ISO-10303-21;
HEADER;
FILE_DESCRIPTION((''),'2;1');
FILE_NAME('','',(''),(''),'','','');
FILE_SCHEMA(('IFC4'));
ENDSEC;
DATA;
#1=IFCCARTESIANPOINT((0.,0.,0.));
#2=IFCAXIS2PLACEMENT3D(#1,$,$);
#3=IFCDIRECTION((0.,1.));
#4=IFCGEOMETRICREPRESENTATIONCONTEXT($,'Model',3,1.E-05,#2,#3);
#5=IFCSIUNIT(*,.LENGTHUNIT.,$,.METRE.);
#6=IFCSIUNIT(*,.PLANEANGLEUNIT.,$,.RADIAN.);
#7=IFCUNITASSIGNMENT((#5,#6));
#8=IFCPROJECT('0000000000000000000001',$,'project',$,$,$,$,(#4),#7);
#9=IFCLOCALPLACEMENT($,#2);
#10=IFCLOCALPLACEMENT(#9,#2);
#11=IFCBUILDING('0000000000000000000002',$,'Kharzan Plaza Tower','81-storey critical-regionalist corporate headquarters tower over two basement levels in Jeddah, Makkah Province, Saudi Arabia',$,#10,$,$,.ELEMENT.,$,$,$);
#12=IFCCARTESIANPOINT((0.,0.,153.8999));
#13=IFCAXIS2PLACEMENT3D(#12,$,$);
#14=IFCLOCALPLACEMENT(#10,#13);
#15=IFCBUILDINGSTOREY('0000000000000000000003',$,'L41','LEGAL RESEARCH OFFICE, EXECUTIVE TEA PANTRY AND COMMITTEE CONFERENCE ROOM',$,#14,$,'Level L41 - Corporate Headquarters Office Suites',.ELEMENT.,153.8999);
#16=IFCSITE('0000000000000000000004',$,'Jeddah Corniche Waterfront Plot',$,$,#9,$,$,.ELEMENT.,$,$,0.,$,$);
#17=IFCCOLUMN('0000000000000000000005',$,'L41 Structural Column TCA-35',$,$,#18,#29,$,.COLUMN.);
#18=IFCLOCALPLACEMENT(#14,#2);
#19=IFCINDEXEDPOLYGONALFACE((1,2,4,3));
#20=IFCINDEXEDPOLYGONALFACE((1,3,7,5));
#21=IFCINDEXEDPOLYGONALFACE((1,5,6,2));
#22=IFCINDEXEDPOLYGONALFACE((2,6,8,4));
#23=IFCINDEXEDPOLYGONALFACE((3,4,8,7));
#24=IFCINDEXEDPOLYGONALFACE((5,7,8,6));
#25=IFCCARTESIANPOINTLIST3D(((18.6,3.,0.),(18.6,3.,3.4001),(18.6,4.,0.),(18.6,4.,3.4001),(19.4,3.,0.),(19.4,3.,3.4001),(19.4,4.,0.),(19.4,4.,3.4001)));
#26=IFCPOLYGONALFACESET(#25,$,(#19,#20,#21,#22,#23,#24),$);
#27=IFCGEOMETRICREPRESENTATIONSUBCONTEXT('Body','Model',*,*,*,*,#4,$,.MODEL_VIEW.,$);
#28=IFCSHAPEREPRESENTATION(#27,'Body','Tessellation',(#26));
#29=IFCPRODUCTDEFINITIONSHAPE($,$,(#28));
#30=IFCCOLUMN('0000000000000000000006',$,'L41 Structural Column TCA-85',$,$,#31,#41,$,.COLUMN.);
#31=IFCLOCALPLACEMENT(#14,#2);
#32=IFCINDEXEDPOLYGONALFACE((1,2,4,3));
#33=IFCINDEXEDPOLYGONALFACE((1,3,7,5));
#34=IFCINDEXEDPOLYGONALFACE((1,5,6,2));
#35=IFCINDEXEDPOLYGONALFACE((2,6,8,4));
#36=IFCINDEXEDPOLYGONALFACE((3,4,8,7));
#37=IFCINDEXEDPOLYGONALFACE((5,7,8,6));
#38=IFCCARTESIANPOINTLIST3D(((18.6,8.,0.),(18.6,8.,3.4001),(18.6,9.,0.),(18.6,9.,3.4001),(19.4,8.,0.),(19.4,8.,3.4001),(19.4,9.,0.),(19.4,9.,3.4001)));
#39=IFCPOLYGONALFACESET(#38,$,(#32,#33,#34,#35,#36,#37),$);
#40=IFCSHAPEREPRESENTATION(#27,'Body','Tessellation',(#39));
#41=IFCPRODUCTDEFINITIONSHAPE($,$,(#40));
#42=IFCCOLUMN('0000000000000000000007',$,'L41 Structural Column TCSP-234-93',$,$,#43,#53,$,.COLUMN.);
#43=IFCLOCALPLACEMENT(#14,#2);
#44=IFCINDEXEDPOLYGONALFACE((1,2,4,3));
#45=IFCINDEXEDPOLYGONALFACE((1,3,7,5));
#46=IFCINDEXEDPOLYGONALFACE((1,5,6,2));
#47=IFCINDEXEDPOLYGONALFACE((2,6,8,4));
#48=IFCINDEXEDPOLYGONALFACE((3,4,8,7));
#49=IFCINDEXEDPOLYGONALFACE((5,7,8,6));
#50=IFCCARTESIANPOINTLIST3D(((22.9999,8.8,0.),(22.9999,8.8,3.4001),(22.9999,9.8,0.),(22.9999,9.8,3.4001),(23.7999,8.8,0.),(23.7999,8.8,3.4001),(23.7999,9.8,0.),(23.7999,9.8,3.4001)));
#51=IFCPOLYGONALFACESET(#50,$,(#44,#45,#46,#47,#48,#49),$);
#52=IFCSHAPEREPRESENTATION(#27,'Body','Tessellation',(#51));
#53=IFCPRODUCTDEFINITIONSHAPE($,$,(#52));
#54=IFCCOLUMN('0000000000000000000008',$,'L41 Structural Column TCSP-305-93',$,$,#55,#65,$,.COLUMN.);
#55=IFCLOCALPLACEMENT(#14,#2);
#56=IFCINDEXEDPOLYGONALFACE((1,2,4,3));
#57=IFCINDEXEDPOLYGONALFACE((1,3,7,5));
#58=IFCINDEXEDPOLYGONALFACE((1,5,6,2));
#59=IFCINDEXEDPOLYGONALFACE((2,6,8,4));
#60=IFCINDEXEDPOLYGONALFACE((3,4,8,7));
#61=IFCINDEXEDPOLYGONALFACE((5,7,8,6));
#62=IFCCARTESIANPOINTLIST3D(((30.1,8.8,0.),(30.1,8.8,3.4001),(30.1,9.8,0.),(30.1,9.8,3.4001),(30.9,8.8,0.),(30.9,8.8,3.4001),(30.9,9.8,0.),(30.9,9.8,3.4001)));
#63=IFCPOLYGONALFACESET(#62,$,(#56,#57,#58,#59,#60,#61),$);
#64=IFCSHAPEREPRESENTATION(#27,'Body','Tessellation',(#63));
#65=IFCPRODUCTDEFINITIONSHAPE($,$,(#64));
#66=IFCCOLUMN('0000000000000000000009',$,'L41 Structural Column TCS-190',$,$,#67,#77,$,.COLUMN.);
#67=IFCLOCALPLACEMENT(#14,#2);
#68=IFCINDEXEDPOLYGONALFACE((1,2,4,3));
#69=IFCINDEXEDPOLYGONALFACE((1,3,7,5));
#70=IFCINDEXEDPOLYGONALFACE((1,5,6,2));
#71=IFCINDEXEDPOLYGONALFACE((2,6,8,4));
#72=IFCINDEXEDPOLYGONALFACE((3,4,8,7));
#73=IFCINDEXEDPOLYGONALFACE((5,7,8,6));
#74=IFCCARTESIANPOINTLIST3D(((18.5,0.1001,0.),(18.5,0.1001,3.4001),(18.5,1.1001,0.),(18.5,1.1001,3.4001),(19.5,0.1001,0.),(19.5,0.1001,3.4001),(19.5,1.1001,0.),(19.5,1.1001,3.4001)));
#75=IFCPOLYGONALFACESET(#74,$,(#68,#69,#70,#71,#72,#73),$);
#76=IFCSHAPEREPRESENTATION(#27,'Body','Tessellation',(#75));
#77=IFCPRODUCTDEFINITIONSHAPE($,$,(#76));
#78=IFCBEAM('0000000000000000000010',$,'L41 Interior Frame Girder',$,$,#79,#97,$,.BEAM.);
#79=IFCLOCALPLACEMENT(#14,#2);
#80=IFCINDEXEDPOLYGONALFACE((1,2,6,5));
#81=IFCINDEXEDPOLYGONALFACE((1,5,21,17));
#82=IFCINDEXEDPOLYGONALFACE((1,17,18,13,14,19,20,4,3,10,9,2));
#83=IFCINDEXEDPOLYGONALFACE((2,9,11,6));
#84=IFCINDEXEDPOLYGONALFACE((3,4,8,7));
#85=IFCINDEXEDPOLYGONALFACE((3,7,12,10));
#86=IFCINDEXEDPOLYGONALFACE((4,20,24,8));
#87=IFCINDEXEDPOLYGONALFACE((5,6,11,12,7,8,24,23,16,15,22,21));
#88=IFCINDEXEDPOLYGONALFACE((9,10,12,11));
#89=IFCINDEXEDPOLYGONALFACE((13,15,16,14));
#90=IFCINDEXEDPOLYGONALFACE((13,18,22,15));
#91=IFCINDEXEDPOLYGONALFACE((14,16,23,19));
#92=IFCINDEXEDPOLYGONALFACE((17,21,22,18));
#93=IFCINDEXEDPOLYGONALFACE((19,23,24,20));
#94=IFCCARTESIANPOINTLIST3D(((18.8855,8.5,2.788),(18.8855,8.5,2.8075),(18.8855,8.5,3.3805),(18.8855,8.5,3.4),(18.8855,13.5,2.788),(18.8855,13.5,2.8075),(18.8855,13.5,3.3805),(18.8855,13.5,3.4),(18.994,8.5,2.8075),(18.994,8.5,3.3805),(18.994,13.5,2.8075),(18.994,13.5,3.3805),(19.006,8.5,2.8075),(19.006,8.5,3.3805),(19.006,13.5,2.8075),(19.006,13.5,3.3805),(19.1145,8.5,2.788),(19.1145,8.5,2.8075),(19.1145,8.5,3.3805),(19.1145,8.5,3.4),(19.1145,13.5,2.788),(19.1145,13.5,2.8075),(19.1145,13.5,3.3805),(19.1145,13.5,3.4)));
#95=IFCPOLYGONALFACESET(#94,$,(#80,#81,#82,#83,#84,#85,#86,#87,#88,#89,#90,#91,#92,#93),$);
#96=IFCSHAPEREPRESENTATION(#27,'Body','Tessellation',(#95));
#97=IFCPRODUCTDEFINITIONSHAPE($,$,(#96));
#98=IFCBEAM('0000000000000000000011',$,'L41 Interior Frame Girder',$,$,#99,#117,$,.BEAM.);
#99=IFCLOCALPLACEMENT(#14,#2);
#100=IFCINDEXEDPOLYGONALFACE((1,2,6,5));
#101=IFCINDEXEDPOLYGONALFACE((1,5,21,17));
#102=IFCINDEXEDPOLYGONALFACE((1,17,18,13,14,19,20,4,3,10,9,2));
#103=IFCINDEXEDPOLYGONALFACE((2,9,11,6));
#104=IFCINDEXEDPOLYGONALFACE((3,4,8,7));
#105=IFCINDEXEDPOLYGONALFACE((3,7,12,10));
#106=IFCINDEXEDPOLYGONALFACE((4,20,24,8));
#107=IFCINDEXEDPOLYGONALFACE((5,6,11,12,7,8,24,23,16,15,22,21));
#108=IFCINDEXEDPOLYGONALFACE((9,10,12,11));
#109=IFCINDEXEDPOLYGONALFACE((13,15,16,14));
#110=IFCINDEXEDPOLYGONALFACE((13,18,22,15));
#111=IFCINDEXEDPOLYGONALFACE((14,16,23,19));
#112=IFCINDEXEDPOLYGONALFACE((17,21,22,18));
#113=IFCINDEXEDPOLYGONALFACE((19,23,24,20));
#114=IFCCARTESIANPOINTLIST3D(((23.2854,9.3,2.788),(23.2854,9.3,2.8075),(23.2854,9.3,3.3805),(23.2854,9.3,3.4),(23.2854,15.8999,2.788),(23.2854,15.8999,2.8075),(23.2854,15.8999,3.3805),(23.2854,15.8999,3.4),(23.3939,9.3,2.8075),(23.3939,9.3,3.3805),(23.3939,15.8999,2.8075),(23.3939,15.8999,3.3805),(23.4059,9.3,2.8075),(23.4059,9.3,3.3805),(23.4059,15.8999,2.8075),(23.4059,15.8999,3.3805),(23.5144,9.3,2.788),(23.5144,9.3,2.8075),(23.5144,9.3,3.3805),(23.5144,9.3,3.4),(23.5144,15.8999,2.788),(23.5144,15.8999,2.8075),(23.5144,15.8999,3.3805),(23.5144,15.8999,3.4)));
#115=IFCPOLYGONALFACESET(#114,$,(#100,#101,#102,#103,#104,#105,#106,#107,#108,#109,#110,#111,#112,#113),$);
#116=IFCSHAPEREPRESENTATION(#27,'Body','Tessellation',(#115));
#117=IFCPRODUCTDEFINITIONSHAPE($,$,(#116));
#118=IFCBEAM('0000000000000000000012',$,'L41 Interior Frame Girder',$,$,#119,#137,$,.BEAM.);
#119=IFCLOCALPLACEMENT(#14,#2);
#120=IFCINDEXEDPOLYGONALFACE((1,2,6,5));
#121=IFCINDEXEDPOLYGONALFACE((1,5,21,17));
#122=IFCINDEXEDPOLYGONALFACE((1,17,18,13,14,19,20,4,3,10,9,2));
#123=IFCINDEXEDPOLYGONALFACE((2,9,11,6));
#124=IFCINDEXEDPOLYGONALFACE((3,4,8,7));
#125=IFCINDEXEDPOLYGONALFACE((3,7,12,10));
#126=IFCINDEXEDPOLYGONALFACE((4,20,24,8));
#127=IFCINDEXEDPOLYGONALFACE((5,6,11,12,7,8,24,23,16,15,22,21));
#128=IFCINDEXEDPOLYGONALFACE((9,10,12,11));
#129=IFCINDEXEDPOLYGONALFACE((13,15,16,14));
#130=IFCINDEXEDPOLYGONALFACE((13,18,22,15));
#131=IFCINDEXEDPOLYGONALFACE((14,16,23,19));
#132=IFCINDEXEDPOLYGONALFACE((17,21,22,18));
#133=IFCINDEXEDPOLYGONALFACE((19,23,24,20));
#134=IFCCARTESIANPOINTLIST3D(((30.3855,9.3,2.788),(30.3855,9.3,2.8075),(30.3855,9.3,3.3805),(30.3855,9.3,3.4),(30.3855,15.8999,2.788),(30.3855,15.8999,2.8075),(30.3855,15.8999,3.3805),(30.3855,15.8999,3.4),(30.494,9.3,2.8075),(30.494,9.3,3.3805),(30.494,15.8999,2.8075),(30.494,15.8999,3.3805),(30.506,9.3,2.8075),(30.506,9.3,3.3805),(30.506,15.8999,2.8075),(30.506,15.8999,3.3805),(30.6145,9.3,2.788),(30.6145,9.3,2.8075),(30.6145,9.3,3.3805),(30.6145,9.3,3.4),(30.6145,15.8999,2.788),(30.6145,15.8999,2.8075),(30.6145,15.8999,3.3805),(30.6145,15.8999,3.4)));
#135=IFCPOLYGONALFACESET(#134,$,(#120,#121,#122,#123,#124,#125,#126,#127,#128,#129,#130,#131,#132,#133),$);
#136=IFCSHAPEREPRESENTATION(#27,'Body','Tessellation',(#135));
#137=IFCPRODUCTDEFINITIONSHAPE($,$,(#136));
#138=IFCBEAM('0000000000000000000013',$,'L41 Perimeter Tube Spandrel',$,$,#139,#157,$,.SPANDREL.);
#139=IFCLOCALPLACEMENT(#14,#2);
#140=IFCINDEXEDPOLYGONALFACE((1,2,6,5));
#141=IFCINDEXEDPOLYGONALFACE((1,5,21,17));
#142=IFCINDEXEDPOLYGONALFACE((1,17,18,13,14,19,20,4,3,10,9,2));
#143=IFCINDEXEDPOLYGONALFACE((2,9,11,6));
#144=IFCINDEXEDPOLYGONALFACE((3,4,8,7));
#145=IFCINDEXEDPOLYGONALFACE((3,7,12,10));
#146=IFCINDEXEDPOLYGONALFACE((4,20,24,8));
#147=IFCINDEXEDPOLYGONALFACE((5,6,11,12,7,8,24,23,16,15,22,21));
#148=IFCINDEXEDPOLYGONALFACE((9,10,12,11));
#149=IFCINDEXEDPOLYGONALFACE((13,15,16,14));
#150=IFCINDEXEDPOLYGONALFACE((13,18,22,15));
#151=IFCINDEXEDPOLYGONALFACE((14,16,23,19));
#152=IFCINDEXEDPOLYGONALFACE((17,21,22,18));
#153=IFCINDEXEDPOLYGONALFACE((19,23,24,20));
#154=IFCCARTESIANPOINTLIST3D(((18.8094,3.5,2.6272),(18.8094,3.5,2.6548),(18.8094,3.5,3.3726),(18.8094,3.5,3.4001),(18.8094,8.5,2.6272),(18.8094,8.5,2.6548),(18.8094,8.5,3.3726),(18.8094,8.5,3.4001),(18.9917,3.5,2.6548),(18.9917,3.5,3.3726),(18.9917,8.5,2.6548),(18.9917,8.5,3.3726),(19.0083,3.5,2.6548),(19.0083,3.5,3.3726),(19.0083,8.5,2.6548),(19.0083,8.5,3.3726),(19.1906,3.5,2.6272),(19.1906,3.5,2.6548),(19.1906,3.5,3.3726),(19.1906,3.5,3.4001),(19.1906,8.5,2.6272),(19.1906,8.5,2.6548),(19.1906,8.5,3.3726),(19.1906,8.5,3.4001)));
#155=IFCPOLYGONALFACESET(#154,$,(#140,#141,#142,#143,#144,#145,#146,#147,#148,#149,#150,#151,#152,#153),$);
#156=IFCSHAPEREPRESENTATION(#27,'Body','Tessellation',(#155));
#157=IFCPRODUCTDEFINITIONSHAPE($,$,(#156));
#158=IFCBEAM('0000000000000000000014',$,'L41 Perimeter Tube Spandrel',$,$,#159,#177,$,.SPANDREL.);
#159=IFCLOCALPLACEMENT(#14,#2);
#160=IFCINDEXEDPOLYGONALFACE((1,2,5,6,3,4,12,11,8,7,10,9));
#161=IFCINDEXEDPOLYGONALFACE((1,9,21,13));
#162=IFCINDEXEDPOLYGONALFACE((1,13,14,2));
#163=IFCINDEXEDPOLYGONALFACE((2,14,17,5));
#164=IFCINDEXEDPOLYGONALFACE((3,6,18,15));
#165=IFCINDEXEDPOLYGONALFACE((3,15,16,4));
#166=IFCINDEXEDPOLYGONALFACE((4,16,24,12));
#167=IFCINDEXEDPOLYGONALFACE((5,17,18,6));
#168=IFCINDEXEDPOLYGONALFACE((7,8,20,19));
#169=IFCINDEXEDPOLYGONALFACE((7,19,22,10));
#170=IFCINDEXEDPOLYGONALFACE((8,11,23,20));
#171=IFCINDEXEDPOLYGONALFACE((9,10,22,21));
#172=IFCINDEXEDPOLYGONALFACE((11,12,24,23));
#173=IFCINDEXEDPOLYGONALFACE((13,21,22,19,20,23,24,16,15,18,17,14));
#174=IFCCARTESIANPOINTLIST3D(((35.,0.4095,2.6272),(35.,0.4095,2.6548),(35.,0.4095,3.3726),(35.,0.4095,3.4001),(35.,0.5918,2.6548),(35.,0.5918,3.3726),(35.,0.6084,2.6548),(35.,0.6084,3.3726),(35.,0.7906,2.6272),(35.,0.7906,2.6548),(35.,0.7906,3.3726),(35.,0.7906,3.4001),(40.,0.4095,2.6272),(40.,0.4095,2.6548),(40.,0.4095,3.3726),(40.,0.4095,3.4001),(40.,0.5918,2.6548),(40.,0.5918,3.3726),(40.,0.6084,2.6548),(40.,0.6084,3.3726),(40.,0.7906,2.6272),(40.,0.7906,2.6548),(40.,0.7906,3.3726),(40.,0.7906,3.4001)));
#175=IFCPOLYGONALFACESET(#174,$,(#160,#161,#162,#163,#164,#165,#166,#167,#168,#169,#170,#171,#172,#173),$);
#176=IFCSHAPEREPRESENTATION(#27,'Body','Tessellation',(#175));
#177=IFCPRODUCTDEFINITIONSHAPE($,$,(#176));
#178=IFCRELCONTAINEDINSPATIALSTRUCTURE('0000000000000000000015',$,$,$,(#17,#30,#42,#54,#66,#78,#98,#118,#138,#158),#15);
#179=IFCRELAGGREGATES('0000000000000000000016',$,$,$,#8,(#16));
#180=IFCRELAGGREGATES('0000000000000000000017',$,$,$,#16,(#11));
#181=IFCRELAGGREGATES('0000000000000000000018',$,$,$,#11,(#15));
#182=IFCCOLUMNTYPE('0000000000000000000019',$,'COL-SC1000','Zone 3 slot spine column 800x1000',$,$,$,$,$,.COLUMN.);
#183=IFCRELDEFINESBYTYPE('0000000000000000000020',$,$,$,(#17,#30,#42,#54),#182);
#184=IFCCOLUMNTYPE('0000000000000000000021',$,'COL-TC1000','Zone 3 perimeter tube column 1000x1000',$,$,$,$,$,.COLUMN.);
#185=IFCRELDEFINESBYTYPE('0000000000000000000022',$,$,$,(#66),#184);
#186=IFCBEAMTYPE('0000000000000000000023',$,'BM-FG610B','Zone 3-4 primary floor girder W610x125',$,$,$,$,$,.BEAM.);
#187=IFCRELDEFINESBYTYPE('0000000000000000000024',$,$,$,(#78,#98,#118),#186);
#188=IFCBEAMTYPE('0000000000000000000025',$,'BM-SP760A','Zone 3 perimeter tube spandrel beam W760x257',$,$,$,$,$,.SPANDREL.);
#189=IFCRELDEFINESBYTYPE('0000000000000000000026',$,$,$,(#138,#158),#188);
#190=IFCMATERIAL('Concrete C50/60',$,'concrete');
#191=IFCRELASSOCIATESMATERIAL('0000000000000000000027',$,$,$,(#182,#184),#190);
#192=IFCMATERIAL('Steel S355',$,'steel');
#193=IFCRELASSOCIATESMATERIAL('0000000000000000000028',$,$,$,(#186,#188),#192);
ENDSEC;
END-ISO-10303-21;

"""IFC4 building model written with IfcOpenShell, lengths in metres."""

from ifc_helpers import new_model, si_unit, direction, frame, origin, origin_2d, place, context, subcontext, project, spatial, rectangle, i_section, extrude, source, transform, mapped, material, material_profile, profile_set, type_object, element, save


model = new_model("IFC4")

# Units and contexts
model_context = context("Model", 3, precision=1e-05, world=origin(), true_north=direction((0.0, 1.0)))
body_context = subcontext(model_context, "Body", "Model", "MODEL_VIEW")
ifc_project = project(units=[si_unit("LENGTHUNIT", "METRE"), si_unit("PLANEANGLEUNIT", "RADIAN")], contexts=[model_context])

# Site, building, storey
site_placement = place(None, origin())
site = spatial("IfcSite", under=ifc_project, at=site_placement, Name="Jeddah Corniche Waterfront Plot", CompositionType="ELEMENT", RefElevation=0.0)
building_placement = place(site_placement, origin())
building = spatial("IfcBuilding", under=site, at=building_placement, Name="Kharzan Plaza Tower", Description="81-storey critical-regionalist corporate headquarters tower over two basement levels in Jeddah, Makkah Province, Saudi Arabia", CompositionType="ELEMENT")
storey_placement = place(building_placement, frame((0.0, 0.0, 153.8999)))
storey = spatial("IfcBuildingStorey", under=building, at=storey_placement, Name="L41", Description="LEGAL RESEARCH OFFICE, EXECUTIVE TEA PANTRY AND COMMITTEE CONFERENCE ROOM", LongName="Level L41 - Corporate Headquarters Office Suites", CompositionType="ELEMENT", Elevation=153.8999)

# Columns
ifc_material_1 = material(Name="Concrete C50/60", Category="concrete")
ifc_material_profile_1 = material_profile(ifc_material_1, rectangle(XDim=0.8, YDim=1.0, at=origin_2d()), Name="RC-SC1000x800")
ifc_profile_set_1 = profile_set([ifc_material_profile_1], Name="Concrete C50/60")
column_type_1 = type_object("IfcColumnType", Name="COL-SC1000", Description="Zone 3 slot spine column 800x1000", PredefinedType="COLUMN", material=ifc_profile_set_1)
shared_shape_1 = source(origin(), body_context, "Body", "SweptSolid", [
    extrude(rectangle(XDim=0.8, YDim=1.0, at=origin_2d()), origin(), (0.0, 0.0, 1.0), 3.4001),
])
for number, where, z_axis, x_axis, name in (
    (1, (19.0, 3.5, 0.0), (0.0, 0.0, 1.0), (1.0, 0.0, 0.0), "L41 Structural Column TCA-35"),
    (2, (19.0, 8.5, 0.0), (0.0, 0.0, 1.0), (1.0, 0.0, 0.0), "L41 Structural Column TCA-85"),
    (3, (23.3999, 9.3, 0.0), (0.0, 0.0, 1.0), (1.0, 0.0, 0.0), "L41 Structural Column TCSP-234-93"),
    (4, (30.5, 9.3, 0.0), (0.0, 0.0, 1.0), (1.0, 0.0, 0.0), "L41 Structural Column TCSP-305-93"),
):
    element("IfcColumn", number, at=place(storey_placement, frame(where, z_axis=z_axis, x_axis=x_axis)), inside=storey, type_object=column_type_1, Name=name, PredefinedType="COLUMN", context=body_context, shape_type="MappedRepresentation", body=[
        mapped(shared_shape_1, transform((0.0, 0.0, 0.0), x_axis=(1.0, 0.0, 0.0), y_axis=(0.0, 1.0, 0.0), z_axis=(0.0, 0.0, 1.0))),
    ])
ifc_material_profile_2 = material_profile(ifc_material_1, rectangle(XDim=1.0, YDim=1.0, at=origin_2d()), Name="RC-TC1000x1000")
ifc_profile_set_2 = profile_set([ifc_material_profile_2], Name="Concrete C50/60")
column_type_2 = type_object("IfcColumnType", Name="COL-TC1000", Description="Zone 3 perimeter tube column 1000x1000", PredefinedType="COLUMN", material=ifc_profile_set_2)
shared_shape_2 = source(origin(), body_context, "Body", "SweptSolid", [
    extrude(rectangle(XDim=1.0, YDim=1.0, at=origin_2d()), origin(), (0.0, 0.0, 1.0), 3.4001),
])
column_placement = place(storey_placement, frame((19.0, 0.6001, 0.0), z_axis=(0.0, 0.0, 1.0), x_axis=(1.0, 0.0, 0.0)))
element("IfcColumn", 5, at=column_placement, inside=storey, type_object=column_type_2, Name="L41 Structural Column TCS-190", PredefinedType="COLUMN", context=body_context, shape_type="MappedRepresentation", body=[
    mapped(shared_shape_2, transform((0.0, 0.0, 0.0), x_axis=(1.0, 0.0, 0.0), y_axis=(0.0, 1.0, 0.0), z_axis=(0.0, 0.0, 1.0))),
])

# Beams
ifc_material_2 = material(Name="Steel S355", Category="steel")
ifc_material_profile_3 = material_profile(ifc_material_2, i_section(OverallWidth=0.229, OverallDepth=0.6121, WebThickness=0.012, FlangeThickness=0.0195, at=origin_2d()), Name="W610x125")
ifc_profile_set_3 = profile_set([ifc_material_profile_3], Name="Steel S355")
beam_type_1 = type_object("IfcBeamType", Name="BM-FG610B", Description="Zone 3-4 primary floor girder W610x125", PredefinedType="BEAM", material=ifc_profile_set_3)
shared_shape_3 = source(origin(), body_context, "Body", "SweptSolid", [
    extrude(i_section(OverallWidth=0.229, OverallDepth=0.6121, WebThickness=0.012, FlangeThickness=0.0195, at=origin_2d()), origin(), (0.0, 0.0, 1.0), 5.0),
])
beam_1_placement = place(storey_placement, frame((19.0, 8.5, 3.094), z_axis=(0.0, 1.0, 0.0), x_axis=(-1.0, 0.0, 0.0)))
element("IfcBeam", 6, at=beam_1_placement, inside=storey, type_object=beam_type_1, Name="L41 Interior Frame Girder", PredefinedType="BEAM", context=body_context, shape_type="MappedRepresentation", body=[
    mapped(shared_shape_3, transform((0.0, 0.0, 0.0), x_axis=(1.0, 0.0, 0.0), y_axis=(0.0, 1.0, 0.0), z_axis=(0.0, 0.0, 1.0))),
])
shared_shape_4 = source(origin(), body_context, "Body", "SweptSolid", [
    extrude(i_section(OverallWidth=0.229, OverallDepth=0.6121, WebThickness=0.012, FlangeThickness=0.0195, at=origin_2d()), origin(), (0.0, 0.0, 1.0), 6.5999),
])
for number, where, z_axis, x_axis, name in (
    (7, (23.3999, 9.3, 3.094), (0.0, 1.0, 0.0), (-1.0, 0.0, 0.0), "L41 Interior Frame Girder"),
    (8, (30.5, 9.3, 3.094), (0.0, 1.0, 0.0), (-1.0, 0.0, 0.0), "L41 Interior Frame Girder"),
):
    element("IfcBeam", number, at=place(storey_placement, frame(where, z_axis=z_axis, x_axis=x_axis)), inside=storey, type_object=beam_type_1, Name=name, PredefinedType="BEAM", context=body_context, shape_type="MappedRepresentation", body=[
        mapped(shared_shape_4, transform((0.0, 0.0, 0.0), x_axis=(1.0, 0.0, 0.0), y_axis=(0.0, 1.0, 0.0), z_axis=(0.0, 0.0, 1.0))),
    ])
ifc_material_profile_4 = material_profile(ifc_material_2, i_section(OverallWidth=0.3811, OverallDepth=0.7729, WebThickness=0.0166, FlangeThickness=0.0276, at=origin_2d()), Name="W760x257")
ifc_profile_set_4 = profile_set([ifc_material_profile_4], Name="Steel S355")
beam_type_2 = type_object("IfcBeamType", Name="BM-SP760A", Description="Zone 3 perimeter tube spandrel beam W760x257", PredefinedType="SPANDREL", material=ifc_profile_set_4)
shared_shape_5 = source(origin(), body_context, "Body", "SweptSolid", [
    extrude(i_section(OverallWidth=0.3811, OverallDepth=0.7729, WebThickness=0.0166, FlangeThickness=0.0276, at=origin_2d()), origin(), (0.0, 0.0, 1.0), 5.0),
])
for number, where, z_axis, x_axis, name in (
    (9, (19.0, 3.5, 3.0137), (0.0, 1.0, 0.0), (-1.0, 0.0, 0.0), "L41 Perimeter Tube Spandrel"),
    (10, (35.0, 0.6001, 3.0137), (1.0, 0.0, 0.0), (0.0, 1.0, 0.0), "L41 Perimeter Tube Spandrel"),
):
    element("IfcBeam", number, at=place(storey_placement, frame(where, z_axis=z_axis, x_axis=x_axis)), inside=storey, type_object=beam_type_2, Name=name, PredefinedType="SPANDREL", context=body_context, shape_type="MappedRepresentation", body=[
        mapped(shared_shape_5, transform((0.0, 0.0, 0.0), x_axis=(1.0, 0.0, 0.0), y_axis=(0.0, 1.0, 0.0), z_axis=(0.0, 0.0, 1.0))),
    ])

save(model, "model.ifc")
